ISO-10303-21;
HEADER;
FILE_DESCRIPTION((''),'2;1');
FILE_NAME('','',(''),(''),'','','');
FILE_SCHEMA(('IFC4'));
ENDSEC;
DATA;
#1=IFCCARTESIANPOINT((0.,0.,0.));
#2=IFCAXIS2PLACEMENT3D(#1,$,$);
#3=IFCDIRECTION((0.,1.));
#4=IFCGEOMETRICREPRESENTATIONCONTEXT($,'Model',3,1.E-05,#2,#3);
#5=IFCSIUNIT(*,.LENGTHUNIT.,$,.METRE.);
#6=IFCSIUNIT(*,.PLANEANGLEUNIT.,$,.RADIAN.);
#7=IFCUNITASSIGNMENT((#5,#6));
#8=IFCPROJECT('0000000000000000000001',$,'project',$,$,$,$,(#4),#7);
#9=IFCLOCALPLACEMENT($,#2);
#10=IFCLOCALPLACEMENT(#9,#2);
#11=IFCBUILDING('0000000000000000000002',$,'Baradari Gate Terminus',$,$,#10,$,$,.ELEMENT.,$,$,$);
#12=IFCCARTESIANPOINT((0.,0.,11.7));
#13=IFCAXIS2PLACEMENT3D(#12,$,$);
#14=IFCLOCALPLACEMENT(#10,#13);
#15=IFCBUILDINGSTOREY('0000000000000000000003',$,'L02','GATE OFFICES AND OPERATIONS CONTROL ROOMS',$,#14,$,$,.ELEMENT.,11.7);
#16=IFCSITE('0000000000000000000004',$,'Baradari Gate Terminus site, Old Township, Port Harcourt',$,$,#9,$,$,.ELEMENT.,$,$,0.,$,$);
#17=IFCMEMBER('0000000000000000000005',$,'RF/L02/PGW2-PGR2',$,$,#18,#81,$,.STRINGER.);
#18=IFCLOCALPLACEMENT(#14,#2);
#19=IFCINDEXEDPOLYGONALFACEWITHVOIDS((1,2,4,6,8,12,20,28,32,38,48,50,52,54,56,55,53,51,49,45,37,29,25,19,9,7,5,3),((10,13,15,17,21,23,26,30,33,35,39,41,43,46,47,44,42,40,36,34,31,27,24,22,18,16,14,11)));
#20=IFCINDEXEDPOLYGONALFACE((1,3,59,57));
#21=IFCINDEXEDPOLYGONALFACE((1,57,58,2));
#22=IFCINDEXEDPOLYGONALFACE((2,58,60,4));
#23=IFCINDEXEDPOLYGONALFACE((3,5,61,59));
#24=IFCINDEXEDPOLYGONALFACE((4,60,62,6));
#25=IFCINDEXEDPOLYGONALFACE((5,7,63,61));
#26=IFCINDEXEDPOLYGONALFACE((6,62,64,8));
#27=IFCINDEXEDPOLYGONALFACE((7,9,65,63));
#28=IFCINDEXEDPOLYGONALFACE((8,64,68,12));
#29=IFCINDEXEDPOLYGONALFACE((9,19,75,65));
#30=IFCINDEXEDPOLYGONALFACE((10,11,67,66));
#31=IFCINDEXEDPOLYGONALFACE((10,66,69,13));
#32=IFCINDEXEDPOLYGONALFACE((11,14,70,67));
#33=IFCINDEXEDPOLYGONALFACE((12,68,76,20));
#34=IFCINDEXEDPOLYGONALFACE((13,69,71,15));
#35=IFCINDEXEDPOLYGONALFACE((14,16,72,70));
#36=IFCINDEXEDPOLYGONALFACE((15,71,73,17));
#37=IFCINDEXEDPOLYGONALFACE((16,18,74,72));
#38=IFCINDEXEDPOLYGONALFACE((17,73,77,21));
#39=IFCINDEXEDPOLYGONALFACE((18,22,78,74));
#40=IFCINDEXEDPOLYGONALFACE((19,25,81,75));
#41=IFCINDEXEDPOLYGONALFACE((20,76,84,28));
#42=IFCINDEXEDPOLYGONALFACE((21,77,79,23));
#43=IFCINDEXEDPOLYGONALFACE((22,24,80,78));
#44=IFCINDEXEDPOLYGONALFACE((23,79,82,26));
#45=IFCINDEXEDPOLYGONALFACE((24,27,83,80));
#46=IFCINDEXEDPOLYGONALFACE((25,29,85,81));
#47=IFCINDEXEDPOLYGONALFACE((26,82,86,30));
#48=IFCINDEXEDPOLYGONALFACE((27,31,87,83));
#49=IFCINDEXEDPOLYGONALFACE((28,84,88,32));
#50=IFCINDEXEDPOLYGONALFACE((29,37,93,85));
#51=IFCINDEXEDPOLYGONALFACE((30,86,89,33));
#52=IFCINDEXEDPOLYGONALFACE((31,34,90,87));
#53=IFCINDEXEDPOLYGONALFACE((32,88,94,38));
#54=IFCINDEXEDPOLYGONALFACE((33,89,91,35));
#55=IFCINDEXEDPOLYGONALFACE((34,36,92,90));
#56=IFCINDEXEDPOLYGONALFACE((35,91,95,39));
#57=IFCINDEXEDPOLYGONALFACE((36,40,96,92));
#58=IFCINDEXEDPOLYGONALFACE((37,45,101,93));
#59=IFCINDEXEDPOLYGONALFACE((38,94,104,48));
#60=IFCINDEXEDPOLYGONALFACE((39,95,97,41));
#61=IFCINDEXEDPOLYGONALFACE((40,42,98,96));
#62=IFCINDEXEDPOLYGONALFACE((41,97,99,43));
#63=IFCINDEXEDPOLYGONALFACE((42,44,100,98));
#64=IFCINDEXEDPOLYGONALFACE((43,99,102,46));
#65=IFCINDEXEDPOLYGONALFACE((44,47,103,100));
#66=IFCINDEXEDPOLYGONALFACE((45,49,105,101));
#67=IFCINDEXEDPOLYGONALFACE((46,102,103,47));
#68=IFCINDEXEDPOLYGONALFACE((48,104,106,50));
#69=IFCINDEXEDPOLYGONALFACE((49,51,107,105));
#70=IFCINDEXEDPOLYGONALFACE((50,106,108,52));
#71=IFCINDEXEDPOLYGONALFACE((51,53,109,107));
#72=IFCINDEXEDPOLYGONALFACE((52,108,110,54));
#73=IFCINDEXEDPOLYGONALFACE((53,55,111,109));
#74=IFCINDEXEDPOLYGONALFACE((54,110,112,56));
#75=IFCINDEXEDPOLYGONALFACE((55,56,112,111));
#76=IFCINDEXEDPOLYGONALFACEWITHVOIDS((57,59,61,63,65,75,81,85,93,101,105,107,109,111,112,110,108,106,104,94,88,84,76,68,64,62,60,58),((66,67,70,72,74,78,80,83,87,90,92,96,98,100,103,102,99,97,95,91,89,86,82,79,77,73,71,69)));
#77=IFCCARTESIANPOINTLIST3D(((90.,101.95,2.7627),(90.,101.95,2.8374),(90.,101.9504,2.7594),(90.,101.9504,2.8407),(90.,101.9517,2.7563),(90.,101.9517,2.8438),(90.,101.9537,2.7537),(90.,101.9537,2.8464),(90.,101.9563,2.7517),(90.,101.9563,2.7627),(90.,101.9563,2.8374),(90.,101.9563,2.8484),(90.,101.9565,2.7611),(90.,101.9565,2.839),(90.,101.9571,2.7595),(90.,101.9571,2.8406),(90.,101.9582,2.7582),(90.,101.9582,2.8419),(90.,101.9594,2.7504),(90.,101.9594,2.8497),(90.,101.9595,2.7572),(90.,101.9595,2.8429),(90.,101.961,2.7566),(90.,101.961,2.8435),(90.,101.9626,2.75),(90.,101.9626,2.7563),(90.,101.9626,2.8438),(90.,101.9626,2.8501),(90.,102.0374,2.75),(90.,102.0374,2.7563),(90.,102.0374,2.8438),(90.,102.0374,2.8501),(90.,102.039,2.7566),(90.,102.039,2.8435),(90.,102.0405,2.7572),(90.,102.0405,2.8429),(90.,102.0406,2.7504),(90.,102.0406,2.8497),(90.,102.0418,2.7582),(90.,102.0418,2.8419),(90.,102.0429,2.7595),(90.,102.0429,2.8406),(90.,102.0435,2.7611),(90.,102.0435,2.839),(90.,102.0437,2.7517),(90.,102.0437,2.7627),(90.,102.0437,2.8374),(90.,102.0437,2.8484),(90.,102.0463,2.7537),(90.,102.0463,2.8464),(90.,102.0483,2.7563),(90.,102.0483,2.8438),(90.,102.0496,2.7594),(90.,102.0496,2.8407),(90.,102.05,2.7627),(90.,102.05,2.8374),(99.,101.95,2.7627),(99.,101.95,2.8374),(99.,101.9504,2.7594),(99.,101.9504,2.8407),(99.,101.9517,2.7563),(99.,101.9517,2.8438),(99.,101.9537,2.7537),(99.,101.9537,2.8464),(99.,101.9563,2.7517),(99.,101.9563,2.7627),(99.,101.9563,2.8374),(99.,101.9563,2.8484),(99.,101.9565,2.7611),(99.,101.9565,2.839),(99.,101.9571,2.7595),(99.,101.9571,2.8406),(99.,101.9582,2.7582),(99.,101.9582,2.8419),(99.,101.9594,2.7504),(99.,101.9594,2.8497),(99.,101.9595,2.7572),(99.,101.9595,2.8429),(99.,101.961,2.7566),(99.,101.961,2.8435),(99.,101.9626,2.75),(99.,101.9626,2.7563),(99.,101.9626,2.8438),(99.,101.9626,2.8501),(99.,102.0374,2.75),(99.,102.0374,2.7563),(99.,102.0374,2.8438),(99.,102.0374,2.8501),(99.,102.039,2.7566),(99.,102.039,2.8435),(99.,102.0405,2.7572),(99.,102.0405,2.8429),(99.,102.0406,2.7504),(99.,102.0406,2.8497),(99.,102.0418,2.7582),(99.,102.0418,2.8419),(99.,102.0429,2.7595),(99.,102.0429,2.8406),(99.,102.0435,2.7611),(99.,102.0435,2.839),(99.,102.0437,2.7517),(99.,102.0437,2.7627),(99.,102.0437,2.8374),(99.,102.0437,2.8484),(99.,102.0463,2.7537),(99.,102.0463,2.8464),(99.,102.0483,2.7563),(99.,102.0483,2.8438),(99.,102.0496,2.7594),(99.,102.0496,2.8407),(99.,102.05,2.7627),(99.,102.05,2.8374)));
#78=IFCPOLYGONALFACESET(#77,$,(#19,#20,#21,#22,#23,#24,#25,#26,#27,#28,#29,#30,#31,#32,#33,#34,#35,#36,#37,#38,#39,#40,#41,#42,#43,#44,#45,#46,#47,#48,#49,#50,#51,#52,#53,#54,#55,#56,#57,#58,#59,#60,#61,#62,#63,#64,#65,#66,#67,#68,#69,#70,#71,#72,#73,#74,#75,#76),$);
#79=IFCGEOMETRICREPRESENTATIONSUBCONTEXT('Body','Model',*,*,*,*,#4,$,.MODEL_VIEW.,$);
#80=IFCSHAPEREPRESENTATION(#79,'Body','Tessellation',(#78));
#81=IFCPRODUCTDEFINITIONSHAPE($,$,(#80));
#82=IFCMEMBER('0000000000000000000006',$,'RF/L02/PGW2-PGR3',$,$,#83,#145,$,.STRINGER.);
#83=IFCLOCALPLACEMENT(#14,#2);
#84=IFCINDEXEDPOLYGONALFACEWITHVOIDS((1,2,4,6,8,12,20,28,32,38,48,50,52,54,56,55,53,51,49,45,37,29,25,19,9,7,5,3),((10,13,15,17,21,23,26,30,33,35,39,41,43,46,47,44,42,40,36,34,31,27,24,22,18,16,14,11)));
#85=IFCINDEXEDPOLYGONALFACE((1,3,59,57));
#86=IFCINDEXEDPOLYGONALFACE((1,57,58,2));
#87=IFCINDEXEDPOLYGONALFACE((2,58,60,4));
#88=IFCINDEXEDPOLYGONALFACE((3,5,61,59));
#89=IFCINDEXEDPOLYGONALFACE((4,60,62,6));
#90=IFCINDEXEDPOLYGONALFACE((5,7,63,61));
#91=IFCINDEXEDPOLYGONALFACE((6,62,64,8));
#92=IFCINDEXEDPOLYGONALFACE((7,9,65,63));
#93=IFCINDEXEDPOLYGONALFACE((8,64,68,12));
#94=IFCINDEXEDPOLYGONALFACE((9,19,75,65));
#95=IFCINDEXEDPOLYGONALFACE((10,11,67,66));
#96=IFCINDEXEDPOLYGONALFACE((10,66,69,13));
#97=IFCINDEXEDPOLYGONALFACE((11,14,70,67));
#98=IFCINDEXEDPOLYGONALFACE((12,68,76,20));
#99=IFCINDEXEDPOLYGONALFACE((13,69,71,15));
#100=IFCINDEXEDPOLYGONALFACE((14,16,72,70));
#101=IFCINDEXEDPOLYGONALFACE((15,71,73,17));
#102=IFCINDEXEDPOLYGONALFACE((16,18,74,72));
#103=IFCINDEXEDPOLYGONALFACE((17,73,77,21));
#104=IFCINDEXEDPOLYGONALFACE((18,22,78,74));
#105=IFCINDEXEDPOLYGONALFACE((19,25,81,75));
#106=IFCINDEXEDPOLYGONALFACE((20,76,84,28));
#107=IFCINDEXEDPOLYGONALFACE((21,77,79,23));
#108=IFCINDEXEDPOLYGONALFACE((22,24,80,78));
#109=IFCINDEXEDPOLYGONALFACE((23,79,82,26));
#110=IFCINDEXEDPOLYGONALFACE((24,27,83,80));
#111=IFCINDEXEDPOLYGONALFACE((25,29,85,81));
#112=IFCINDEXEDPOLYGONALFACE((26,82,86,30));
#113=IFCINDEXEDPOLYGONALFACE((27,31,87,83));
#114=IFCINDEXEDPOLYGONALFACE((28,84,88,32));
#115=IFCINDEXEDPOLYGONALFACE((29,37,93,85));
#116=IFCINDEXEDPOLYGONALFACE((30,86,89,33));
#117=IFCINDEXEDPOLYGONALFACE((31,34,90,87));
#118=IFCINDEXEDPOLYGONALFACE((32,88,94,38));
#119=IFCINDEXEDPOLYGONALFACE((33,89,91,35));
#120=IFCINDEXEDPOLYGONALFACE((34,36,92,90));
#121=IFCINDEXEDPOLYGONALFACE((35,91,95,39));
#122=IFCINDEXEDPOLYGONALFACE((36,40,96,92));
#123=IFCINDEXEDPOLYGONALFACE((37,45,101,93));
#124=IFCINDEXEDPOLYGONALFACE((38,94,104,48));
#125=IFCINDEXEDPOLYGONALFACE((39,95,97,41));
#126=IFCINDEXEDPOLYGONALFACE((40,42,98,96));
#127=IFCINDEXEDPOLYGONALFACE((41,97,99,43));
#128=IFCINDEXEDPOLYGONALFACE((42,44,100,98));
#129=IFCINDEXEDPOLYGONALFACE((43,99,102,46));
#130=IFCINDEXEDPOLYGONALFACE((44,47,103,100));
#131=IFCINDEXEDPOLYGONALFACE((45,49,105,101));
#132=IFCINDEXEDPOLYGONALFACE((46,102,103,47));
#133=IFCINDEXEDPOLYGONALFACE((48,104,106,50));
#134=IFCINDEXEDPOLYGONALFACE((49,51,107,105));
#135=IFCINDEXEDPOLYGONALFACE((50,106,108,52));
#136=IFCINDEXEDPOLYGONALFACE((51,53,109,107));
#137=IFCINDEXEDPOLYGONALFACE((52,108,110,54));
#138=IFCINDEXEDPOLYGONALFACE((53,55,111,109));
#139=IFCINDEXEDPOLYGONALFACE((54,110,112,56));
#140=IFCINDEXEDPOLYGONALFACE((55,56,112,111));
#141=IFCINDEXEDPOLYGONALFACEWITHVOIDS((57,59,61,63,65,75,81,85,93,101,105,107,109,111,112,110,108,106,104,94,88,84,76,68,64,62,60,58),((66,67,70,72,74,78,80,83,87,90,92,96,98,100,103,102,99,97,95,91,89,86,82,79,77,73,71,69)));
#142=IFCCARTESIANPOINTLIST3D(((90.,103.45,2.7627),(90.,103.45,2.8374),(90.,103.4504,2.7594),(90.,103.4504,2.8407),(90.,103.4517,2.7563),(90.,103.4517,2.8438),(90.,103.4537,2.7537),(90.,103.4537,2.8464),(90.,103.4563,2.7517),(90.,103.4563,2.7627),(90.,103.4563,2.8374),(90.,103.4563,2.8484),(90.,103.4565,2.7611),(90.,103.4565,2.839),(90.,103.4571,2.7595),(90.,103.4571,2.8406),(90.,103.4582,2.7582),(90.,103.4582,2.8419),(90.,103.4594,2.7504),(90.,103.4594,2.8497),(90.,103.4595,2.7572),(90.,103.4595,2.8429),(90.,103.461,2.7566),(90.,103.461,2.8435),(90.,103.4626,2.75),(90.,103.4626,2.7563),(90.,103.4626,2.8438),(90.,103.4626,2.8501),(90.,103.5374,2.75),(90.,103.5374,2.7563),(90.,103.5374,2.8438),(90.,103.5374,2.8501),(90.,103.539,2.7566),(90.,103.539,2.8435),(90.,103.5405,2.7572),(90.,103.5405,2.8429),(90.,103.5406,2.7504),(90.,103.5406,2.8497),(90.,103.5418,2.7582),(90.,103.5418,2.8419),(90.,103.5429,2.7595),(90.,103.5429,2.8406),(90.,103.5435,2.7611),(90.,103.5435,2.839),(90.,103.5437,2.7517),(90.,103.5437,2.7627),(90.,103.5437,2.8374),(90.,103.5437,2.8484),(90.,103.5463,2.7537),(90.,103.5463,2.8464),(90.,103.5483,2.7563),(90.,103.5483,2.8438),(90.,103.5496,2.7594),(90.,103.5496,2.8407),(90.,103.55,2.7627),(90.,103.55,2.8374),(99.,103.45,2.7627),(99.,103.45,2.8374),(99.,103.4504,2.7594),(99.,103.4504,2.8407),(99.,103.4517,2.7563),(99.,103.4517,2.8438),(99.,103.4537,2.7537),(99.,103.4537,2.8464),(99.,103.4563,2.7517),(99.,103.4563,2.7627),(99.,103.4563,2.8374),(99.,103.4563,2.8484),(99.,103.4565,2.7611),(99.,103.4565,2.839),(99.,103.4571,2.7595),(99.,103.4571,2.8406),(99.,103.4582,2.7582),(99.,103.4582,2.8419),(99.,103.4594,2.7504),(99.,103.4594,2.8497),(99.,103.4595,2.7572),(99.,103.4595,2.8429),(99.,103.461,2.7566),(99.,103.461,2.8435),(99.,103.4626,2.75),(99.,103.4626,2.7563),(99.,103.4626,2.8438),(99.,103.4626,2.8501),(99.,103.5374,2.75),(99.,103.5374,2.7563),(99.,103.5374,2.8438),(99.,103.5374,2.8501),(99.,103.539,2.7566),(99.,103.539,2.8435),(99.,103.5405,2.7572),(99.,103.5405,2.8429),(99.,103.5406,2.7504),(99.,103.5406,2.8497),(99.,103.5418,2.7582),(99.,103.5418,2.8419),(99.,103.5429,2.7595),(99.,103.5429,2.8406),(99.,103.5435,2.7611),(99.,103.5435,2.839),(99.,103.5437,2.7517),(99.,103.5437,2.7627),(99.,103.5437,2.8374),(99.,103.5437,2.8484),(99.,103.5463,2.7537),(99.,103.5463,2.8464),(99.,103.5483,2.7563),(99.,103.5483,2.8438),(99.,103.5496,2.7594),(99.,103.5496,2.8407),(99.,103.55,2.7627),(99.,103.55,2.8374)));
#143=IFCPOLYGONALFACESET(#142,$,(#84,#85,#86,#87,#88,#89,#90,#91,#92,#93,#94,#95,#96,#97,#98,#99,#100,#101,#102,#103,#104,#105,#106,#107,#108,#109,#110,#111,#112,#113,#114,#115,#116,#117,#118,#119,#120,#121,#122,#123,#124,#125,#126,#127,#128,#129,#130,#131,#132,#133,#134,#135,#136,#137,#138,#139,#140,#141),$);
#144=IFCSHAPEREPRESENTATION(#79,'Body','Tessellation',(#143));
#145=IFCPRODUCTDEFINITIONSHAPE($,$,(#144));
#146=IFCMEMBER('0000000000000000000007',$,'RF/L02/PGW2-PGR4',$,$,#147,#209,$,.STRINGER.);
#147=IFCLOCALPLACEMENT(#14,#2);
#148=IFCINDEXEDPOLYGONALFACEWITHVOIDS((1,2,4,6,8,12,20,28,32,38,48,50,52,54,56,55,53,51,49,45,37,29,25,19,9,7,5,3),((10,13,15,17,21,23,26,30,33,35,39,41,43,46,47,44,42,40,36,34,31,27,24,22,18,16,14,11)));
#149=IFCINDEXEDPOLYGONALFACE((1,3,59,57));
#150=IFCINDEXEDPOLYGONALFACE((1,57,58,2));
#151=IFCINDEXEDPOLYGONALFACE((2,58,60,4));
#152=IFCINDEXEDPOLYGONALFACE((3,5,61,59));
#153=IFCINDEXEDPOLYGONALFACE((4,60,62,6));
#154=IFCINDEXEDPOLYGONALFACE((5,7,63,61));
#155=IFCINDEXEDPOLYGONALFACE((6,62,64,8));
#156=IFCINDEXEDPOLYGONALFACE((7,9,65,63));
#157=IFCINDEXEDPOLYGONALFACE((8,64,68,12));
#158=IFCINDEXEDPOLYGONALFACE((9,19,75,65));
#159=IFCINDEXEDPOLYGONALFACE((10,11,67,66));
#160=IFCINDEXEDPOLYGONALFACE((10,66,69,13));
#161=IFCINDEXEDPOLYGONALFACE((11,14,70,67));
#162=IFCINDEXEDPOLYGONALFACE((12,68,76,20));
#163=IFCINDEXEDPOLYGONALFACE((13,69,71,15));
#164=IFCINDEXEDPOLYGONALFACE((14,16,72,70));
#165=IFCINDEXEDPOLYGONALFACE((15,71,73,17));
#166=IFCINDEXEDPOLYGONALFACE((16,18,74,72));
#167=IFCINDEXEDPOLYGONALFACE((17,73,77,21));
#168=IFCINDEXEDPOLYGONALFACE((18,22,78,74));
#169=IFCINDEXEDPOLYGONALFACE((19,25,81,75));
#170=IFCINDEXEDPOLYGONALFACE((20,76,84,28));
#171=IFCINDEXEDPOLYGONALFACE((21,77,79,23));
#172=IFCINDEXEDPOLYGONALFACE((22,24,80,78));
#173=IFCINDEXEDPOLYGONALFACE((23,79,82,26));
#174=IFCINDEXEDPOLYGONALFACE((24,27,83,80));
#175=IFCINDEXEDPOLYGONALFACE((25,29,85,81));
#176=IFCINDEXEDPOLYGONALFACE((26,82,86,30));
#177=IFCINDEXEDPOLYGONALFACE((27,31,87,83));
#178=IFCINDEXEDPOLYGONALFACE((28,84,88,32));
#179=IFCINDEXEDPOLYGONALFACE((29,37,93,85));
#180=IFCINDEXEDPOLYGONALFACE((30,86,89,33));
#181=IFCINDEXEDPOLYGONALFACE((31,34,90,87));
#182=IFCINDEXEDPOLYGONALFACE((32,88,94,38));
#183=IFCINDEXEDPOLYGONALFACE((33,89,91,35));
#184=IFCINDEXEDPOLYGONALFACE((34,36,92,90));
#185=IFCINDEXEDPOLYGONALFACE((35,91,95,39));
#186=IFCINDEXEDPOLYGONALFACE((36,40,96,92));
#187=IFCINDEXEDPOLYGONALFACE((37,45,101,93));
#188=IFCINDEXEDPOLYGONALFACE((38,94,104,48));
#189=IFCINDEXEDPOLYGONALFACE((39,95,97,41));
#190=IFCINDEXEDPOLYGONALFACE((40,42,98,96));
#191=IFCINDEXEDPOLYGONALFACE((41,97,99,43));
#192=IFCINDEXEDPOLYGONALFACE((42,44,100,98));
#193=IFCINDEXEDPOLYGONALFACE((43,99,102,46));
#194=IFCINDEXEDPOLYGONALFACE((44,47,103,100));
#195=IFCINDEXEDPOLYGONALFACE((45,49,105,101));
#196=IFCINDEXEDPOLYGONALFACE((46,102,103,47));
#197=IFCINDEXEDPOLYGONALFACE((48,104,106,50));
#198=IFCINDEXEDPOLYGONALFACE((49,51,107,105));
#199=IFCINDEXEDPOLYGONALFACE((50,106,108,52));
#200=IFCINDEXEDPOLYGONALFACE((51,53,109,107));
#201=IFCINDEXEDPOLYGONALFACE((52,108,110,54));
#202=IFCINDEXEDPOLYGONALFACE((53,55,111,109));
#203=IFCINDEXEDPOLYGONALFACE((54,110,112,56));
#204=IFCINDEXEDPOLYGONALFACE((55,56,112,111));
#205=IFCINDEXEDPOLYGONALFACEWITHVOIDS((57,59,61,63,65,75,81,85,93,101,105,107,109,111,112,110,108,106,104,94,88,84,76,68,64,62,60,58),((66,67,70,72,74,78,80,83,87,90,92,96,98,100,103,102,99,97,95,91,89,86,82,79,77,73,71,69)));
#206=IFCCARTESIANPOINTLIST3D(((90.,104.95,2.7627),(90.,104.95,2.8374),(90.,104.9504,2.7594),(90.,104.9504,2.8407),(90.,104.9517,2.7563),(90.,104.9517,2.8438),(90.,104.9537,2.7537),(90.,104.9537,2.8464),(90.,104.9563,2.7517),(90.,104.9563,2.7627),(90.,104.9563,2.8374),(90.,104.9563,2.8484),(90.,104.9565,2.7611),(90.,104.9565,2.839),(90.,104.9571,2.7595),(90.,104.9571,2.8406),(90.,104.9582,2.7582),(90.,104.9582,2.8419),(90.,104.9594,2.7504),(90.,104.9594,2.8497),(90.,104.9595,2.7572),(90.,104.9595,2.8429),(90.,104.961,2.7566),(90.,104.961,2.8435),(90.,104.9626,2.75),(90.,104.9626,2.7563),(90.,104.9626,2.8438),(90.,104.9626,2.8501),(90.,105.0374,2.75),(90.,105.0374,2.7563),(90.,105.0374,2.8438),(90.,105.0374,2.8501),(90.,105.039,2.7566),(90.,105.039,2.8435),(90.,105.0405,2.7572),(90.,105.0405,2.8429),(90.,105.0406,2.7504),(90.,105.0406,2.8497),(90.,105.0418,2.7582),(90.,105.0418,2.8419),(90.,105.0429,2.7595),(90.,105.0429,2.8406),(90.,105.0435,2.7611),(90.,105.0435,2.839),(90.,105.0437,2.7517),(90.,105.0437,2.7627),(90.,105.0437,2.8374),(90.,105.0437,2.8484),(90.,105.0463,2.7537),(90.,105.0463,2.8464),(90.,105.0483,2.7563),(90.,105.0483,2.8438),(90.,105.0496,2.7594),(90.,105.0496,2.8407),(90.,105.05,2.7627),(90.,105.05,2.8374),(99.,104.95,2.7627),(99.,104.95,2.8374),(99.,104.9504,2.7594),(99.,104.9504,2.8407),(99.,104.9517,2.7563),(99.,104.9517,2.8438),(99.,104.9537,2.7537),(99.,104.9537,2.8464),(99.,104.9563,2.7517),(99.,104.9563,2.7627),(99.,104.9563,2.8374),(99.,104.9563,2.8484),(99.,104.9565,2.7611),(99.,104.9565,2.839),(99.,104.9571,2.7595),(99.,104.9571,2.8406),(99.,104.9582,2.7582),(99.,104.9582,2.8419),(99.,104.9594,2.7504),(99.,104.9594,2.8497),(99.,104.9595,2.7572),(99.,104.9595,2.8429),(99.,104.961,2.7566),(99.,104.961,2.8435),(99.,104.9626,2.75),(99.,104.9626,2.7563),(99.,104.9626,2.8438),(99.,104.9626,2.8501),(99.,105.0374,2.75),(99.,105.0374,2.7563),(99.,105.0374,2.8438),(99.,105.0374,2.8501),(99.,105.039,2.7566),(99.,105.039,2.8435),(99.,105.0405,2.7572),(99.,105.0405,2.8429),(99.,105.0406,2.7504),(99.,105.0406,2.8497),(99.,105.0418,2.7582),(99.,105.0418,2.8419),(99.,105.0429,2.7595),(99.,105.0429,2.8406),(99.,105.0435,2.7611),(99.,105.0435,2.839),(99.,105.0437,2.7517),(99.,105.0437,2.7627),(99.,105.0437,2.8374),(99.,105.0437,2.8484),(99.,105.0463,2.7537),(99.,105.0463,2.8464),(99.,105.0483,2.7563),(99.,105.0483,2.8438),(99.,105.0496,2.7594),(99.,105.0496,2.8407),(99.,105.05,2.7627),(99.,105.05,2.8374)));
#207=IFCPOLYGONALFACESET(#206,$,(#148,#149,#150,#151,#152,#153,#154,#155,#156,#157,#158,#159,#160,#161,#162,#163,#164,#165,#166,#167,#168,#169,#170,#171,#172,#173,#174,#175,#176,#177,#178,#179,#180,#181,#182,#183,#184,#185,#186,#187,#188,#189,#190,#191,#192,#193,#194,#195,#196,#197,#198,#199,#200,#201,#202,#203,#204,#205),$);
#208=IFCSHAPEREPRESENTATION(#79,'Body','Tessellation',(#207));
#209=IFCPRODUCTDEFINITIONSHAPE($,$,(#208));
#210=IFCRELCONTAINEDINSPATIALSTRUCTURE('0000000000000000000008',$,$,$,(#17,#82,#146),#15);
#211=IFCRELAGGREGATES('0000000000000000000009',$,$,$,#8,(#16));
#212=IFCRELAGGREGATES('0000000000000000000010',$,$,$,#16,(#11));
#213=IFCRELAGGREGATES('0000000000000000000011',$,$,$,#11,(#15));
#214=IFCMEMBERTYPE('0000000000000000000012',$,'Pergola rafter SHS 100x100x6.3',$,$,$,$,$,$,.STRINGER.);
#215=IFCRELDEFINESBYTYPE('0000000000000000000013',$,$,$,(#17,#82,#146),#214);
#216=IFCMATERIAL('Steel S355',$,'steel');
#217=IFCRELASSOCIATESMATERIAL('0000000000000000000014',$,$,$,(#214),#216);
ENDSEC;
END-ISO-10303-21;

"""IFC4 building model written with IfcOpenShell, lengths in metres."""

from ifc_helpers import new_model, si_unit, direction, frame, origin, origin_2d, place, context, subcontext, project, spatial, hollow_rectangle, extrude, material, material_profile, profile_set, type_object, element, save


model = new_model("IFC4")

# Units and contexts
model_context = context("Model", 3, precision=1e-05, world=origin(), true_north=direction((0.0, 1.0)))
body_context = subcontext(model_context, "Body", "Model", "MODEL_VIEW")
ifc_project = project(units=[si_unit("LENGTHUNIT", "METRE"), si_unit("PLANEANGLEUNIT", "RADIAN")], contexts=[model_context])

# Site, building, storey
site_placement = place(None, origin())
site = spatial("IfcSite", under=ifc_project, at=site_placement, Name="Baradari Gate Terminus site, Old Township, Port Harcourt", CompositionType="ELEMENT", RefElevation=0.0)
building_placement = place(site_placement, origin())
building = spatial("IfcBuilding", under=site, at=building_placement, Name="Baradari Gate Terminus", CompositionType="ELEMENT")
storey_placement = place(building_placement, frame((0.0, 0.0, 11.7)))
storey = spatial("IfcBuildingStorey", under=building, at=storey_placement, Name="L02", Description="GATE OFFICES AND OPERATIONS CONTROL ROOMS", CompositionType="ELEMENT", Elevation=11.7)

# Members
ifc_material_1 = material(Name="Steel S355", Category="steel")
ifc_material_profile_1 = material_profile(ifc_material_1, hollow_rectangle(XDim=0.1001, YDim=0.1001, WallThickness=0.0063, InnerFilletRadius=0.0063, OuterFilletRadius=0.0127, at=origin_2d()), Name="SHS 100x100x6.3")
ifc_profile_set_1 = profile_set([ifc_material_profile_1], Name="Steel S355")
member_type = type_object("IfcMemberType", Name="Pergola rafter SHS 100x100x6.3", PredefinedType="STRINGER", material=ifc_profile_set_1)
for number, where, z_axis, x_axis, name in (
    (1, (90.0, 102.0, 2.8), (1.0, 0.0, 0.0), (0.0, 1.0, 0.0), "RF/L02/PGW2-PGR2"),
    (2, (90.0, 103.5, 2.8), (1.0, 0.0, 0.0), (0.0, 1.0, 0.0), "RF/L02/PGW2-PGR3"),
    (3, (90.0, 105.0, 2.8), (1.0, 0.0, 0.0), (0.0, 1.0, 0.0), "RF/L02/PGW2-PGR4"),
):
    element("IfcMember", number, at=place(storey_placement, frame(where, z_axis=z_axis, x_axis=x_axis)), inside=storey, type_object=member_type, Name=name, PredefinedType="STRINGER", context=body_context, shape_type="SweptSolid", body=[
        extrude(hollow_rectangle(XDim=0.1001, YDim=0.1001, WallThickness=0.0063, InnerFilletRadius=0.0063, OuterFilletRadius=0.0127, at=origin_2d()), origin(), (0.0, 0.0, 1.0), 9.0),
    ])

save(model, "model.ifc")
